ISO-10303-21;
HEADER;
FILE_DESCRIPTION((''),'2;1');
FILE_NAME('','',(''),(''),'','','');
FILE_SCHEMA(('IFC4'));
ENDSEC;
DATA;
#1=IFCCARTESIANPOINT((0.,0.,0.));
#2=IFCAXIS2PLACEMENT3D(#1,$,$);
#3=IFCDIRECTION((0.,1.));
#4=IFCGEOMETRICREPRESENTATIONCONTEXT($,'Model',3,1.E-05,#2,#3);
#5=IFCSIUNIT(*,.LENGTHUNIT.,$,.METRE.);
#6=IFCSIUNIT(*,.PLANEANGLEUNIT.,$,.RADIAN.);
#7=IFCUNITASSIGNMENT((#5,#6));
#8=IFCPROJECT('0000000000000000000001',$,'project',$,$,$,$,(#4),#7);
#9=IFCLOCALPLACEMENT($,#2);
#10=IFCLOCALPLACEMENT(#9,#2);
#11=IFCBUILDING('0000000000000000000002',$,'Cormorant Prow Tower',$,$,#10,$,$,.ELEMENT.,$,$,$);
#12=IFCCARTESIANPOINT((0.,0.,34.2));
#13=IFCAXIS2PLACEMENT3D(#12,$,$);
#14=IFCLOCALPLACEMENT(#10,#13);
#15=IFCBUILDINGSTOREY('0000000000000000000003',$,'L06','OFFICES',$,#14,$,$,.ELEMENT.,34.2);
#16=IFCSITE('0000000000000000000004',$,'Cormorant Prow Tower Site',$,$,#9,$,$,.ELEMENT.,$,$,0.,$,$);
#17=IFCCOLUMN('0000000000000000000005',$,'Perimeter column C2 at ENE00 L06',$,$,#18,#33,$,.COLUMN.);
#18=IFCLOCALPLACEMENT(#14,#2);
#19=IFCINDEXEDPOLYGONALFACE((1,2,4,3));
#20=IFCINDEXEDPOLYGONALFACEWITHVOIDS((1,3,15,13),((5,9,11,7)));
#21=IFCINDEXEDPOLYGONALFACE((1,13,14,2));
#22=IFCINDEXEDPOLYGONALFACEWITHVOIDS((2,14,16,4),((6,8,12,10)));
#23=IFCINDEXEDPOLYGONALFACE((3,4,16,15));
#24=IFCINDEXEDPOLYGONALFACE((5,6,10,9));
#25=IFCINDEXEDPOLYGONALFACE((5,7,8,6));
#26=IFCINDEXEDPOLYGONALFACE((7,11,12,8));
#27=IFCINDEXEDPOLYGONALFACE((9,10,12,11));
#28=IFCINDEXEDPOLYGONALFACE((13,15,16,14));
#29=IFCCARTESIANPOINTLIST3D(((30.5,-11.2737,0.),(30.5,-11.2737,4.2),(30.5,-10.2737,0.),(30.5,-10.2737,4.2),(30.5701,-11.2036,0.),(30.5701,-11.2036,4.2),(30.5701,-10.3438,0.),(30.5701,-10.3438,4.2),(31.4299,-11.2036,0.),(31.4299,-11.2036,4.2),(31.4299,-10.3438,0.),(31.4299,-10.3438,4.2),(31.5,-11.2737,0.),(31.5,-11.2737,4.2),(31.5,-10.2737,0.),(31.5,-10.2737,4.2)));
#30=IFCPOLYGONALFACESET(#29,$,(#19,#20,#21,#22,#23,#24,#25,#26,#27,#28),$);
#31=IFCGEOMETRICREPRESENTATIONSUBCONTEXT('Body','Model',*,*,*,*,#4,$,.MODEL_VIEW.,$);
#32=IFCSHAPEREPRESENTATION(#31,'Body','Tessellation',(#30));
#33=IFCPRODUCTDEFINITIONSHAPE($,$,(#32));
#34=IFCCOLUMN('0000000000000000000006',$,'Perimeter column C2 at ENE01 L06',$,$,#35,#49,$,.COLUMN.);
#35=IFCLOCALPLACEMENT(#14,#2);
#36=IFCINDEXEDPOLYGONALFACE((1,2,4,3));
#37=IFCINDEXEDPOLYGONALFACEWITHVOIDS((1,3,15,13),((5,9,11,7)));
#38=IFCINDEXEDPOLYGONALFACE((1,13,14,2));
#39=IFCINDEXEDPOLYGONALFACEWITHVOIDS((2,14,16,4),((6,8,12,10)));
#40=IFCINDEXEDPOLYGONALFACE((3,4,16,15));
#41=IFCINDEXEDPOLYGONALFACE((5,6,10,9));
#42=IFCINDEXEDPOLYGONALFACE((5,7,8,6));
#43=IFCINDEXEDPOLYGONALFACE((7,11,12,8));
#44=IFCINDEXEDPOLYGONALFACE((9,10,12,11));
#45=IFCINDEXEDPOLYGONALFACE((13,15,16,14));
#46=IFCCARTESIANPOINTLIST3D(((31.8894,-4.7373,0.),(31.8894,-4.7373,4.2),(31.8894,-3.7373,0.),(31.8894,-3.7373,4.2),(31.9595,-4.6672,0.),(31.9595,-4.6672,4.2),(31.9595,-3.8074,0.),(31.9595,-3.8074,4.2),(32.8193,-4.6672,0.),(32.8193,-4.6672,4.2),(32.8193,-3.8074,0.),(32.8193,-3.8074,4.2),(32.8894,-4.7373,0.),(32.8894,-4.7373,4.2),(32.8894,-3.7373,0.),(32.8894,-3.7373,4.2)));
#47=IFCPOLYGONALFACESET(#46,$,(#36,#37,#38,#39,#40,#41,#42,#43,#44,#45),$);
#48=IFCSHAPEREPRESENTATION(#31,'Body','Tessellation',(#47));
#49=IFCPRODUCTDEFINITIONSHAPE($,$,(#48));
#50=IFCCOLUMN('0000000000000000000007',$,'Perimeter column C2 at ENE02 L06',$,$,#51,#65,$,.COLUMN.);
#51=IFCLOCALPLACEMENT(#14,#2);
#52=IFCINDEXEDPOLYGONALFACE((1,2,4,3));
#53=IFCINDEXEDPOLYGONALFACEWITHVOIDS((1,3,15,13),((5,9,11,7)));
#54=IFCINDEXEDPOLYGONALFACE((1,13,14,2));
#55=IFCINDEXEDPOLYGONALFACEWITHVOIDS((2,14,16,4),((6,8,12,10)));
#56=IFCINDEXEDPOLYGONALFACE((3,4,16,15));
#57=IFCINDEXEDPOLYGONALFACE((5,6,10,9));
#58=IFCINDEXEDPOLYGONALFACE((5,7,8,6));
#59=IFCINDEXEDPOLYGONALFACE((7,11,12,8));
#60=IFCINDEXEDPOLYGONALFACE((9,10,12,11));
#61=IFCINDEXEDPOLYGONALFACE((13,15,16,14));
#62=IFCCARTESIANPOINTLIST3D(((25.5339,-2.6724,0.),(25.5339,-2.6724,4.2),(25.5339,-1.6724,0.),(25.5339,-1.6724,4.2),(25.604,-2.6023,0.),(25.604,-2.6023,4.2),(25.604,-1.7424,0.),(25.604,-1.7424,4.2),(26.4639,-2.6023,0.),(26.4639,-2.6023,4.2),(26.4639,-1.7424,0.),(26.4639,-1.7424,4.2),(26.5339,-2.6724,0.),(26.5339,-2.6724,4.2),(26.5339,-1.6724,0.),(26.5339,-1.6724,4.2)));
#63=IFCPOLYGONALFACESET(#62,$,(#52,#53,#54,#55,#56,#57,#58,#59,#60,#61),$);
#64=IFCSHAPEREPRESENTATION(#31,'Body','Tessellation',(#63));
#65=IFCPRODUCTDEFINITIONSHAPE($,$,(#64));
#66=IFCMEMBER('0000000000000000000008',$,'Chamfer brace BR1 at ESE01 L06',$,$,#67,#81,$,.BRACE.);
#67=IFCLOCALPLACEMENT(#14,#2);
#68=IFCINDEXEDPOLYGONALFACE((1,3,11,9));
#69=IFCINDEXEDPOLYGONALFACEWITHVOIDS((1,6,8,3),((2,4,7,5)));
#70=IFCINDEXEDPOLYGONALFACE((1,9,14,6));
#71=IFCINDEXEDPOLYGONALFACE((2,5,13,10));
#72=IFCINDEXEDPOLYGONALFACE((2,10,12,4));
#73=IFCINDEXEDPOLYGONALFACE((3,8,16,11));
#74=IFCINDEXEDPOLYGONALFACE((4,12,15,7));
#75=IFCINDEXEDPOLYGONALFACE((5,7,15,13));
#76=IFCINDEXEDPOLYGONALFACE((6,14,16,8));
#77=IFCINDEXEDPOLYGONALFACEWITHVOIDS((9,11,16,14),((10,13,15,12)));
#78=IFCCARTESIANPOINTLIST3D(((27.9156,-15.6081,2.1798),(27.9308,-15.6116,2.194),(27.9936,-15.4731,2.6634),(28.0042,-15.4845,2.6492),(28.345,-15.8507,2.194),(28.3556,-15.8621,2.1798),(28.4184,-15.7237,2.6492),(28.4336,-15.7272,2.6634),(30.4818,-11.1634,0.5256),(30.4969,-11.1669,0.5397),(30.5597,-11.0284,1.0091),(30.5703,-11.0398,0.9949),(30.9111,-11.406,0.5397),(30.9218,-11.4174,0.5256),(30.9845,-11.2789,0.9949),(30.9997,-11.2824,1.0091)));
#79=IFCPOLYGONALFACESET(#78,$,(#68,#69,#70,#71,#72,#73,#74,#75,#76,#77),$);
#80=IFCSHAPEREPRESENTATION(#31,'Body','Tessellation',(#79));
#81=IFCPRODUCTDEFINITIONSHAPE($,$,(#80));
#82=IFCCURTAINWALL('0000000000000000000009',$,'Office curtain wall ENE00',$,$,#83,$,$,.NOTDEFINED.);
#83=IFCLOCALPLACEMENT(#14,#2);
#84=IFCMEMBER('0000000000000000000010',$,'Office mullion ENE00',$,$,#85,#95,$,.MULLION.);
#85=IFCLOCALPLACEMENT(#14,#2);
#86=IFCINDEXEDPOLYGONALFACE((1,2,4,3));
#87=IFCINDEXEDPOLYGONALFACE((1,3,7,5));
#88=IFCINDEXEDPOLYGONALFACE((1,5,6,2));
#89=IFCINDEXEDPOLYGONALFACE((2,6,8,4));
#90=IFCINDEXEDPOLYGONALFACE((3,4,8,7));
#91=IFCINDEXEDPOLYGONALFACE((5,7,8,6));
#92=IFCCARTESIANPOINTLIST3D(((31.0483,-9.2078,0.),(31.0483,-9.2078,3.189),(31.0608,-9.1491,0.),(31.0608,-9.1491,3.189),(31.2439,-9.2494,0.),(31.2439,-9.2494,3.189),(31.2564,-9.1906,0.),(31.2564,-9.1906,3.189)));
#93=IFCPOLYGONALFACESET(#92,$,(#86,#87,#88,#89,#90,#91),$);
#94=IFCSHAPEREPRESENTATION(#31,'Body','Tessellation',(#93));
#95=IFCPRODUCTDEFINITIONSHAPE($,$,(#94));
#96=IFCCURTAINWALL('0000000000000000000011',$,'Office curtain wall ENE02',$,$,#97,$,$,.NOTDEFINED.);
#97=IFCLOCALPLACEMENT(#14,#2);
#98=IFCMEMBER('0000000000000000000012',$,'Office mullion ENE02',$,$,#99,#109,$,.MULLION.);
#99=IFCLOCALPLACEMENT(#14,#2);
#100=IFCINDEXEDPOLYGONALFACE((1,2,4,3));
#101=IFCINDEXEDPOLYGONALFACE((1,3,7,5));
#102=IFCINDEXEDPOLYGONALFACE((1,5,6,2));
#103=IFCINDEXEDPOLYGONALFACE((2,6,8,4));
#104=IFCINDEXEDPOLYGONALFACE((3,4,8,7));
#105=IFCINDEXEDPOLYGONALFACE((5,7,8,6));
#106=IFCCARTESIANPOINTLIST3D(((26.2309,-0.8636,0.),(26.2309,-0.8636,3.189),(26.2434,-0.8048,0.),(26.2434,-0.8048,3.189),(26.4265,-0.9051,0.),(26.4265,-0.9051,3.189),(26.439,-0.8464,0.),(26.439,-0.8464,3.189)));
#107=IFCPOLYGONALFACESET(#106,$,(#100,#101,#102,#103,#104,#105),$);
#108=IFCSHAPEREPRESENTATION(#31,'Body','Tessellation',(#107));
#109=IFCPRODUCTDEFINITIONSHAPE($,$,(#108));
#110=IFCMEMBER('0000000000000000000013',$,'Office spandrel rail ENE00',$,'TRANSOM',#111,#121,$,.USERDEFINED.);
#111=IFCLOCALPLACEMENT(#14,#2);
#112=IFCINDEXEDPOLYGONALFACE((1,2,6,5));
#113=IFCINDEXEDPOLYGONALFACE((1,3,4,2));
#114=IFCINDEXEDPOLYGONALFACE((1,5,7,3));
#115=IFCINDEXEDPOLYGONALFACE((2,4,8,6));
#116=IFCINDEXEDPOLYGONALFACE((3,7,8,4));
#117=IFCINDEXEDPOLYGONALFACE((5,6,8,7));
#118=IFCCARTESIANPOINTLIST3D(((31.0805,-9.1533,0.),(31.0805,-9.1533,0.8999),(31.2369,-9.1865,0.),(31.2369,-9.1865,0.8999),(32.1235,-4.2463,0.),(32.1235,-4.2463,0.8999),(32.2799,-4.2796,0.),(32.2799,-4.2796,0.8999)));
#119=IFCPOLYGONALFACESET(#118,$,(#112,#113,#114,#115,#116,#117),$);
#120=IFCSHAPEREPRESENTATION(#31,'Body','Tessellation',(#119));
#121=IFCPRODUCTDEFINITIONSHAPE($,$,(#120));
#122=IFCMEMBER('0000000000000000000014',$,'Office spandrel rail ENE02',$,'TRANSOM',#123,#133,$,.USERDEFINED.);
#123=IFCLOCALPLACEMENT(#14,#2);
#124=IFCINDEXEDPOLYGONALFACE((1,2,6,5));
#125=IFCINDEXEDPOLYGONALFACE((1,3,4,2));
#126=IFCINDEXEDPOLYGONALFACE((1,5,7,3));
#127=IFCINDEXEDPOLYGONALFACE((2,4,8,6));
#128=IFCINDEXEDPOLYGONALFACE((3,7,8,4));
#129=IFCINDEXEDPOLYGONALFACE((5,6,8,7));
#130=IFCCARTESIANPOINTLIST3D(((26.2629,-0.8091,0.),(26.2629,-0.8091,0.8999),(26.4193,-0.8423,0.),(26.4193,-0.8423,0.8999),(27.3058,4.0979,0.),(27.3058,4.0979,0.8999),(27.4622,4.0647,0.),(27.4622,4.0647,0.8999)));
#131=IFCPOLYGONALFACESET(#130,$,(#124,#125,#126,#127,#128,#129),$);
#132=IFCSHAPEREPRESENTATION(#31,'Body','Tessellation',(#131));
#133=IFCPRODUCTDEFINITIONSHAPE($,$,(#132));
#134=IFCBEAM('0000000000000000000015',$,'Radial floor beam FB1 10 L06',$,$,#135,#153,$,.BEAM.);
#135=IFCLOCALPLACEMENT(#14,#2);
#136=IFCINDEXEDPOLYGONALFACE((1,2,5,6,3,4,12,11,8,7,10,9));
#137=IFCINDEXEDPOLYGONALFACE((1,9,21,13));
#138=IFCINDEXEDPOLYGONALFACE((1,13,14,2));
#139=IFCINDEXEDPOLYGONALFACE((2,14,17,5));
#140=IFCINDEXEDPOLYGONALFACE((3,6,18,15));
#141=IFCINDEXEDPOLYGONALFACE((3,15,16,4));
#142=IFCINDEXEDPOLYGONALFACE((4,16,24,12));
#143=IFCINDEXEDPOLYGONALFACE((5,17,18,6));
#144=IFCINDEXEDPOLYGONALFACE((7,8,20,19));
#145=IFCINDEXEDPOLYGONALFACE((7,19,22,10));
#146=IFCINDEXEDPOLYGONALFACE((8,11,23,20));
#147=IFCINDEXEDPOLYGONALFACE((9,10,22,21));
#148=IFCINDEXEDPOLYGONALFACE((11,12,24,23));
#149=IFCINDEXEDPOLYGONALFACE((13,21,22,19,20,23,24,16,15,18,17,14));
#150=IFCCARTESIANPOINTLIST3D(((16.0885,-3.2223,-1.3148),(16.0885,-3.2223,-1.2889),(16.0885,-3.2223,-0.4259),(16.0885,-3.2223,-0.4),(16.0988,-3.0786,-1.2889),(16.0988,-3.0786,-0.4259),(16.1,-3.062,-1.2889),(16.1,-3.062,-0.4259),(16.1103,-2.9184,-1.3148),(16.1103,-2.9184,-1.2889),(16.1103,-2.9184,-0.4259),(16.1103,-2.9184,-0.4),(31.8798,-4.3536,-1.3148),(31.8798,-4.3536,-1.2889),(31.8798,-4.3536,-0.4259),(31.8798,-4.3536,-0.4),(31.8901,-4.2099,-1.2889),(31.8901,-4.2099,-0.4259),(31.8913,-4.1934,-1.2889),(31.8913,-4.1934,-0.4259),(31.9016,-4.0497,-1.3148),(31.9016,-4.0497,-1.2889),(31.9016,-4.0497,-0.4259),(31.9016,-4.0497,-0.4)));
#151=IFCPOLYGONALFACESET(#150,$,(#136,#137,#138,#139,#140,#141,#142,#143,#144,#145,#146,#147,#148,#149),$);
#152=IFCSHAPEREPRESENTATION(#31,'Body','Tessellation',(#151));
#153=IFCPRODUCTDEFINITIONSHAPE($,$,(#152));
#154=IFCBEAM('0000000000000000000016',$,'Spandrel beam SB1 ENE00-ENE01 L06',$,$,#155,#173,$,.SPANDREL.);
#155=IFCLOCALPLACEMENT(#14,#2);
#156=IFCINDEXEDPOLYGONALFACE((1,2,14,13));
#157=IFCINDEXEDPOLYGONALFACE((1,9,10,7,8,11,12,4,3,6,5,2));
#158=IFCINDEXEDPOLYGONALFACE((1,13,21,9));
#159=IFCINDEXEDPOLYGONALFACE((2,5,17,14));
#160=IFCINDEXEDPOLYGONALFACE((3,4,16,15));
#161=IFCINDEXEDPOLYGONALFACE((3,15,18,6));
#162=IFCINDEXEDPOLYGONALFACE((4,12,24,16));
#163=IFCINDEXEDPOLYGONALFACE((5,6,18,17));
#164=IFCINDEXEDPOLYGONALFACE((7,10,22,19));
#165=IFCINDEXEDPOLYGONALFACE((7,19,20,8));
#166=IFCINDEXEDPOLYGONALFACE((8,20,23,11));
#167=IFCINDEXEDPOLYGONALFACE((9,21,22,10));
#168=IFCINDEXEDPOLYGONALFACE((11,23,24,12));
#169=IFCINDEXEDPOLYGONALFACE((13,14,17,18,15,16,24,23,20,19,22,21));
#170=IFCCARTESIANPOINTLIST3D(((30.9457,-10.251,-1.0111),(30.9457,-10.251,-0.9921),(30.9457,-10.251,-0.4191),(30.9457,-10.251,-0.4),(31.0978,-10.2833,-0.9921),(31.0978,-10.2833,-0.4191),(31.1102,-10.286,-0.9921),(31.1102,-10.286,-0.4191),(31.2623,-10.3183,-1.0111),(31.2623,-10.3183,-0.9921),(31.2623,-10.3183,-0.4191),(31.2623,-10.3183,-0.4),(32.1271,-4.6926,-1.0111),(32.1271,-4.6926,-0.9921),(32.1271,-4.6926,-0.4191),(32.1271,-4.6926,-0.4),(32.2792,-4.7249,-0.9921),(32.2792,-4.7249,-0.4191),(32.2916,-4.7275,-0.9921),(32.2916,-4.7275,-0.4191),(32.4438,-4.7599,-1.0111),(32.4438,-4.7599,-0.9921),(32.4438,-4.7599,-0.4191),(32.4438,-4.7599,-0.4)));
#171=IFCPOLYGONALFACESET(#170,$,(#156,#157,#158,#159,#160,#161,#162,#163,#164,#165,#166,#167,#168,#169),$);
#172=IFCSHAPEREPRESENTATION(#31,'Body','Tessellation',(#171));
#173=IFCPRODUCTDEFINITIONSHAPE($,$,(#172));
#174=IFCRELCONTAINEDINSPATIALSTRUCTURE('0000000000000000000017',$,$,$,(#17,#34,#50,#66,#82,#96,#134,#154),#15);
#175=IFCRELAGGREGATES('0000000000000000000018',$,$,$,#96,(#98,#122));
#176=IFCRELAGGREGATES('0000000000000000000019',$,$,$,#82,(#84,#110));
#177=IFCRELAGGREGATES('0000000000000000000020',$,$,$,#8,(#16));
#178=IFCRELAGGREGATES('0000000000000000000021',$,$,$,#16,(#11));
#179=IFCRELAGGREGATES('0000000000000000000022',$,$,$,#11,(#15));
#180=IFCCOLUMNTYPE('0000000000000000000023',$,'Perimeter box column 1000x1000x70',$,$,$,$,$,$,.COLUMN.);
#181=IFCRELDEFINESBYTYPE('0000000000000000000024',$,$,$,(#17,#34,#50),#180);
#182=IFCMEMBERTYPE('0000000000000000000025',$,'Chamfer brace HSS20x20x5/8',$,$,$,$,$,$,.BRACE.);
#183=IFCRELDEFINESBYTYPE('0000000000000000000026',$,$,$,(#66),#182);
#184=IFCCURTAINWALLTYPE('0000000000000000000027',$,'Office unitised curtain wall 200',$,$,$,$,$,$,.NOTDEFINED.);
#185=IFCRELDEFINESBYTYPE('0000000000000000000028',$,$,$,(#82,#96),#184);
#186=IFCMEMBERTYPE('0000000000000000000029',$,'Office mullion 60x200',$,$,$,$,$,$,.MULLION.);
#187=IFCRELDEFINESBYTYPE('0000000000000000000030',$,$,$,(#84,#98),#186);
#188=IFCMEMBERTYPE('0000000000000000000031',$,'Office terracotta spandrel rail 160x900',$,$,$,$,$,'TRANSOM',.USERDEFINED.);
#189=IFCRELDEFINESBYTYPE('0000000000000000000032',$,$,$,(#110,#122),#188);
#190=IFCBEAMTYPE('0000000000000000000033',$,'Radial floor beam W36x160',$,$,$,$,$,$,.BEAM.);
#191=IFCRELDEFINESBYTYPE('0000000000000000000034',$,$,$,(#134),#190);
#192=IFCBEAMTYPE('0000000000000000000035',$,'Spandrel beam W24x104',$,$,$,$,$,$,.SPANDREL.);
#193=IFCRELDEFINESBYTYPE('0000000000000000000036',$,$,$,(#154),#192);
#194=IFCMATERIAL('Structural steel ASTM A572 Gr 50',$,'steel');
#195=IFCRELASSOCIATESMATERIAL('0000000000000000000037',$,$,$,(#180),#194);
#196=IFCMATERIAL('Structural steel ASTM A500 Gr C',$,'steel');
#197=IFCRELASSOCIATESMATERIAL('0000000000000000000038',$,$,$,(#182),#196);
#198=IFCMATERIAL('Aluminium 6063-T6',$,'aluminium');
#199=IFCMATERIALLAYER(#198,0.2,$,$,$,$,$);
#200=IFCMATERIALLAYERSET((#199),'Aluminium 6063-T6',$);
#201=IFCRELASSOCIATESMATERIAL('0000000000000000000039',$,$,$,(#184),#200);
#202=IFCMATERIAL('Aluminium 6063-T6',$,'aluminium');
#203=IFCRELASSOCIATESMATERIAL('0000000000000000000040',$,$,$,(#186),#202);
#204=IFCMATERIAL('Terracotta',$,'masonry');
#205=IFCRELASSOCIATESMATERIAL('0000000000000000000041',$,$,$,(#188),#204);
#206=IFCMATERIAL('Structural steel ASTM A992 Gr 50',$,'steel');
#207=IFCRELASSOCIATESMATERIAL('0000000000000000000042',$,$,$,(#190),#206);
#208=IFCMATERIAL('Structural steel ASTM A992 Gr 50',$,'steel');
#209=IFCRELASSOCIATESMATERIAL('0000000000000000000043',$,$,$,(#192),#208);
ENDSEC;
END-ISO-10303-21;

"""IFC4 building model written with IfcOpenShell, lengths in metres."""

from ifc_helpers import new_model, si_unit, direction, frame, origin, origin_2d, place, context, subcontext, project, spatial, rectangle, hollow_rectangle, i_section, extrude, material, layer, layer_set, material_profile, profile_set, type_object, element, aggregate, save


model = new_model("IFC4")

# Units and contexts
model_context = context("Model", 3, precision=1e-05, world=origin(), true_north=direction((0.0, 1.0)))
body_context = subcontext(model_context, "Body", "Model", "MODEL_VIEW")
ifc_project = project(units=[si_unit("LENGTHUNIT", "METRE"), si_unit("PLANEANGLEUNIT", "RADIAN")], contexts=[model_context])

# Site, building, storey
site_placement = place(None, origin())
site = spatial("IfcSite", under=ifc_project, at=site_placement, Name="Cormorant Prow Tower Site", CompositionType="ELEMENT", RefElevation=0.0)
building_placement = place(site_placement, origin())
building = spatial("IfcBuilding", under=site, at=building_placement, Name="Cormorant Prow Tower", CompositionType="ELEMENT")
storey_placement = place(building_placement, frame((0.0, 0.0, 34.2)))
storey = spatial("IfcBuildingStorey", under=building, at=storey_placement, Name="L06", Description="OFFICES", CompositionType="ELEMENT", Elevation=34.2)

# Columns
ifc_material_1 = material(Name="Structural steel ASTM A572 Gr 50", Category="steel")
ifc_material_profile_1 = material_profile(ifc_material_1, hollow_rectangle(XDim=1.0, YDim=1.0, WallThickness=0.0701, at=origin_2d()), Name="Box 1000x1000x70")
ifc_profile_set_1 = profile_set([ifc_material_profile_1], Name="Structural steel ASTM A572 Gr 50")
column_type = type_object("IfcColumnType", Name="Perimeter box column 1000x1000x70", PredefinedType="COLUMN", material=ifc_profile_set_1)
for number, where, z_axis, x_axis, name in (
    (1, (31.0, -10.7737, 0.0), (0.0, 0.0, 1.0), (1.0, 0.0, 0.0), "Perimeter column C2 at ENE00 L06"),
    (2, (32.3894, -4.2373, 0.0), (0.0, 0.0, 1.0), (1.0, 0.0, 0.0), "Perimeter column C2 at ENE01 L06"),
    (3, (26.0339, -2.1724, 0.0), (0.0, 0.0, 1.0), (1.0, 0.0, 0.0), "Perimeter column C2 at ENE02 L06"),
):
    element("IfcColumn", number, at=place(storey_placement, frame(where, z_axis=z_axis, x_axis=x_axis)), inside=storey, type_object=column_type, Name=name, PredefinedType="COLUMN", context=body_context, shape_type="SweptSolid", body=[
        extrude(hollow_rectangle(XDim=1.0, YDim=1.0, WallThickness=0.0701, at=origin_2d()), origin(), (0.0, 0.0, 1.0), 4.2),
    ])

# Member
ifc_material_2 = material(Name="Structural steel ASTM A500 Gr C", Category="steel")
ifc_material_profile_2 = material_profile(ifc_material_2, hollow_rectangle(XDim=0.5081, YDim=0.5081, WallThickness=0.0149, at=origin_2d()), Name="HSS20x20x5/8")
ifc_profile_set_2 = profile_set([ifc_material_profile_2], Name="Structural steel ASTM A500 Gr C")
member_type_1 = type_object("IfcMemberType", Name="Chamfer brace HSS20x20x5/8", PredefinedType="BRACE", material=ifc_profile_set_2)
member_1_placement = place(storey_placement, frame((30.7407, -11.2229, 0.7673), z_axis=(-0.475882, -0.82427, 0.306781), x_axis=(0.86603, -0.499991, 0.0)))
element("IfcMember", 4, at=member_1_placement, inside=storey, type_object=member_type_1, Name="Chamfer brace BR1 at ESE01 L06", PredefinedType="BRACE", context=body_context, shape_type="SweptSolid", body=[
    extrude(hollow_rectangle(XDim=0.5081, YDim=0.5081, WallThickness=0.0149, at=origin_2d()), origin(), (0.0, 0.0, 1.0), 5.3923),
])

# Curtain walls, members
ifc_material_3 = material(Name="Aluminium 6063-T6", Category="aluminium")
ifc_layer_1 = layer(ifc_material_3, 0.2)
ifc_layer_set_1 = layer_set([ifc_layer_1], Name="Aluminium 6063-T6")
curtain_wall_type = type_object("IfcCurtainWallType", Name="Office unitised curtain wall 200", PredefinedType="NOTDEFINED", material=ifc_layer_set_1)
curtain_wall_1_placement = place(storey_placement, origin())
curtain_wall_1 = element("IfcCurtainWall", 5, at=curtain_wall_1_placement, inside=storey, type_object=curtain_wall_type, Name="Office curtain wall ENE00", PredefinedType="NOTDEFINED")
ifc_material_4 = material(Name="Aluminium 6063-T6", Category="aluminium")
ifc_material_profile_3 = material_profile(ifc_material_4, rectangle(XDim=0.2, YDim=0.0601, at=origin_2d()), Name="Office mullion 60x200")
ifc_profile_set_3 = profile_set([ifc_material_profile_3], Name="Aluminium 6063-T6")
member_type_2 = type_object("IfcMemberType", Name="Office mullion 60x200", PredefinedType="MULLION", material=ifc_profile_set_3)
member_2_placement = place(storey_placement, frame((31.1523, -9.1992, 0.0), z_axis=(0.0, 0.0, 1.0), x_axis=(-0.978148, 0.207912, 0.0)))
member_2 = element("IfcMember", 6, at=member_2_placement, type_object=member_type_2, Name="Office mullion ENE00", PredefinedType="MULLION", context=body_context, shape_type="SweptSolid", body=[
    extrude(rectangle(XDim=0.2, YDim=0.0601, at=origin_2d()), origin(), (0.0, 0.0, 1.0), 3.189),
])
curtain_wall_2_placement = place(storey_placement, origin())
curtain_wall_2 = element("IfcCurtainWall", 7, at=curtain_wall_2_placement, inside=storey, type_object=curtain_wall_type, Name="Office curtain wall ENE02", PredefinedType="NOTDEFINED")
member_3_placement = place(storey_placement, frame((26.335, -0.855, 0.0), z_axis=(0.0, 0.0, 1.0), x_axis=(-0.978148, 0.207912, 0.0)))
member_3 = element("IfcMember", 8, at=member_3_placement, type_object=member_type_2, Name="Office mullion ENE02", PredefinedType="MULLION", context=body_context, shape_type="SweptSolid", body=[
    extrude(rectangle(XDim=0.2, YDim=0.0601, at=origin_2d()), origin(), (0.0, 0.0, 1.0), 3.189),
])

# Members
ifc_material_5 = material(Name="Terracotta", Category="masonry")
ifc_material_profile_4 = material_profile(ifc_material_5, rectangle(XDim=0.1599, YDim=0.8999, at=origin_2d()), Name="Office terracotta spandrel rail 160x900")
ifc_profile_set_4 = profile_set([ifc_material_profile_4], Name="Terracotta")
member_type_3 = type_object("IfcMemberType", Name="Office terracotta spandrel rail 160x900", ElementType="TRANSOM", PredefinedType="USERDEFINED", material=ifc_profile_set_4)
member_4_placement = place(storey_placement, frame((31.1587, -9.1699, 0.45), z_axis=(0.207904, 0.978149, 0.0), x_axis=(-0.978149, 0.207904, 0.0)))
member_4 = element("IfcMember", 9, at=member_4_placement, type_object=member_type_3, Name="Office spandrel rail ENE00", ObjectType="TRANSOM", PredefinedType="USERDEFINED", context=body_context, shape_type="SweptSolid", body=[
    extrude(rectangle(XDim=0.1599, YDim=0.8999, at=origin_2d()), origin(), (0.0, 0.0, 1.0), 5.0166),
])
member_5_placement = place(storey_placement, frame((26.3411, -0.8257, 0.45), z_axis=(0.207904, 0.978149, 0.0), x_axis=(-0.978149, 0.207904, 0.0)))
member_5 = element("IfcMember", 10, at=member_5_placement, type_object=member_type_3, Name="Office spandrel rail ENE02", ObjectType="TRANSOM", PredefinedType="USERDEFINED", context=body_context, shape_type="SweptSolid", body=[
    extrude(rectangle(XDim=0.1599, YDim=0.8999, at=origin_2d()), origin(), (0.0, 0.0, 1.0), 5.0166),
])
aggregate(curtain_wall_2, [member_3, member_5])

# Beams
ifc_material_6 = material(Name="Structural steel ASTM A992 Gr 50", Category="steel")
ifc_material_profile_5 = material_profile(ifc_material_6, i_section(OverallWidth=0.3047, OverallDepth=0.9148, WebThickness=0.0166, FlangeThickness=0.0259, at=origin_2d()), Name="W36x160")
ifc_profile_set_5 = profile_set([ifc_material_profile_5], Name="Structural steel ASTM A992 Gr 50")
beam_type_1 = type_object("IfcBeamType", Name="Radial floor beam W36x160", PredefinedType="BEAM", material=ifc_profile_set_5)
beam_1_placement = place(storey_placement, frame((16.0994, -3.0703, -0.8574), z_axis=(0.997443, -0.071461, 0.0), x_axis=(0.071461, 0.997443, 0.0)))
element("IfcBeam", 11, at=beam_1_placement, inside=storey, type_object=beam_type_1, Name="Radial floor beam FB1 10 L06", PredefinedType="BEAM", context=body_context, shape_type="SweptSolid", body=[
    extrude(i_section(OverallWidth=0.3047, OverallDepth=0.9148, WebThickness=0.0166, FlangeThickness=0.0259, at=origin_2d()), origin(), (0.0, 0.0, 1.0), 15.8318),
])
ifc_material_7 = material(Name="Structural steel ASTM A992 Gr 50", Category="steel")
ifc_material_profile_6 = material_profile(ifc_material_7, i_section(OverallWidth=0.3237, OverallDepth=0.6111, WebThickness=0.0127, FlangeThickness=0.019, at=origin_2d()), Name="W24x104")
ifc_profile_set_6 = profile_set([ifc_material_profile_6], Name="Structural steel ASTM A992 Gr 50")
beam_type_2 = type_object("IfcBeamType", Name="Spandrel beam W24x104", PredefinedType="SPANDREL", material=ifc_profile_set_6)
beam_2_placement = place(storey_placement, frame((31.104, -10.2847, -0.7056), z_axis=(0.2079, 0.97815, 0.0), x_axis=(-0.97815, 0.2079, 0.0)))
element("IfcBeam", 12, at=beam_2_placement, inside=storey, type_object=beam_type_2, Name="Spandrel beam SB1 ENE00-ENE01 L06", PredefinedType="SPANDREL", context=body_context, shape_type="SweptSolid", body=[
    extrude(i_section(OverallWidth=0.3237, OverallDepth=0.6111, WebThickness=0.0127, FlangeThickness=0.019, at=origin_2d()), origin(), (0.0, 0.0, 1.0), 5.6826),
])

aggregate(curtain_wall_1, [member_2, member_4])

save(model, "model.ifc")
